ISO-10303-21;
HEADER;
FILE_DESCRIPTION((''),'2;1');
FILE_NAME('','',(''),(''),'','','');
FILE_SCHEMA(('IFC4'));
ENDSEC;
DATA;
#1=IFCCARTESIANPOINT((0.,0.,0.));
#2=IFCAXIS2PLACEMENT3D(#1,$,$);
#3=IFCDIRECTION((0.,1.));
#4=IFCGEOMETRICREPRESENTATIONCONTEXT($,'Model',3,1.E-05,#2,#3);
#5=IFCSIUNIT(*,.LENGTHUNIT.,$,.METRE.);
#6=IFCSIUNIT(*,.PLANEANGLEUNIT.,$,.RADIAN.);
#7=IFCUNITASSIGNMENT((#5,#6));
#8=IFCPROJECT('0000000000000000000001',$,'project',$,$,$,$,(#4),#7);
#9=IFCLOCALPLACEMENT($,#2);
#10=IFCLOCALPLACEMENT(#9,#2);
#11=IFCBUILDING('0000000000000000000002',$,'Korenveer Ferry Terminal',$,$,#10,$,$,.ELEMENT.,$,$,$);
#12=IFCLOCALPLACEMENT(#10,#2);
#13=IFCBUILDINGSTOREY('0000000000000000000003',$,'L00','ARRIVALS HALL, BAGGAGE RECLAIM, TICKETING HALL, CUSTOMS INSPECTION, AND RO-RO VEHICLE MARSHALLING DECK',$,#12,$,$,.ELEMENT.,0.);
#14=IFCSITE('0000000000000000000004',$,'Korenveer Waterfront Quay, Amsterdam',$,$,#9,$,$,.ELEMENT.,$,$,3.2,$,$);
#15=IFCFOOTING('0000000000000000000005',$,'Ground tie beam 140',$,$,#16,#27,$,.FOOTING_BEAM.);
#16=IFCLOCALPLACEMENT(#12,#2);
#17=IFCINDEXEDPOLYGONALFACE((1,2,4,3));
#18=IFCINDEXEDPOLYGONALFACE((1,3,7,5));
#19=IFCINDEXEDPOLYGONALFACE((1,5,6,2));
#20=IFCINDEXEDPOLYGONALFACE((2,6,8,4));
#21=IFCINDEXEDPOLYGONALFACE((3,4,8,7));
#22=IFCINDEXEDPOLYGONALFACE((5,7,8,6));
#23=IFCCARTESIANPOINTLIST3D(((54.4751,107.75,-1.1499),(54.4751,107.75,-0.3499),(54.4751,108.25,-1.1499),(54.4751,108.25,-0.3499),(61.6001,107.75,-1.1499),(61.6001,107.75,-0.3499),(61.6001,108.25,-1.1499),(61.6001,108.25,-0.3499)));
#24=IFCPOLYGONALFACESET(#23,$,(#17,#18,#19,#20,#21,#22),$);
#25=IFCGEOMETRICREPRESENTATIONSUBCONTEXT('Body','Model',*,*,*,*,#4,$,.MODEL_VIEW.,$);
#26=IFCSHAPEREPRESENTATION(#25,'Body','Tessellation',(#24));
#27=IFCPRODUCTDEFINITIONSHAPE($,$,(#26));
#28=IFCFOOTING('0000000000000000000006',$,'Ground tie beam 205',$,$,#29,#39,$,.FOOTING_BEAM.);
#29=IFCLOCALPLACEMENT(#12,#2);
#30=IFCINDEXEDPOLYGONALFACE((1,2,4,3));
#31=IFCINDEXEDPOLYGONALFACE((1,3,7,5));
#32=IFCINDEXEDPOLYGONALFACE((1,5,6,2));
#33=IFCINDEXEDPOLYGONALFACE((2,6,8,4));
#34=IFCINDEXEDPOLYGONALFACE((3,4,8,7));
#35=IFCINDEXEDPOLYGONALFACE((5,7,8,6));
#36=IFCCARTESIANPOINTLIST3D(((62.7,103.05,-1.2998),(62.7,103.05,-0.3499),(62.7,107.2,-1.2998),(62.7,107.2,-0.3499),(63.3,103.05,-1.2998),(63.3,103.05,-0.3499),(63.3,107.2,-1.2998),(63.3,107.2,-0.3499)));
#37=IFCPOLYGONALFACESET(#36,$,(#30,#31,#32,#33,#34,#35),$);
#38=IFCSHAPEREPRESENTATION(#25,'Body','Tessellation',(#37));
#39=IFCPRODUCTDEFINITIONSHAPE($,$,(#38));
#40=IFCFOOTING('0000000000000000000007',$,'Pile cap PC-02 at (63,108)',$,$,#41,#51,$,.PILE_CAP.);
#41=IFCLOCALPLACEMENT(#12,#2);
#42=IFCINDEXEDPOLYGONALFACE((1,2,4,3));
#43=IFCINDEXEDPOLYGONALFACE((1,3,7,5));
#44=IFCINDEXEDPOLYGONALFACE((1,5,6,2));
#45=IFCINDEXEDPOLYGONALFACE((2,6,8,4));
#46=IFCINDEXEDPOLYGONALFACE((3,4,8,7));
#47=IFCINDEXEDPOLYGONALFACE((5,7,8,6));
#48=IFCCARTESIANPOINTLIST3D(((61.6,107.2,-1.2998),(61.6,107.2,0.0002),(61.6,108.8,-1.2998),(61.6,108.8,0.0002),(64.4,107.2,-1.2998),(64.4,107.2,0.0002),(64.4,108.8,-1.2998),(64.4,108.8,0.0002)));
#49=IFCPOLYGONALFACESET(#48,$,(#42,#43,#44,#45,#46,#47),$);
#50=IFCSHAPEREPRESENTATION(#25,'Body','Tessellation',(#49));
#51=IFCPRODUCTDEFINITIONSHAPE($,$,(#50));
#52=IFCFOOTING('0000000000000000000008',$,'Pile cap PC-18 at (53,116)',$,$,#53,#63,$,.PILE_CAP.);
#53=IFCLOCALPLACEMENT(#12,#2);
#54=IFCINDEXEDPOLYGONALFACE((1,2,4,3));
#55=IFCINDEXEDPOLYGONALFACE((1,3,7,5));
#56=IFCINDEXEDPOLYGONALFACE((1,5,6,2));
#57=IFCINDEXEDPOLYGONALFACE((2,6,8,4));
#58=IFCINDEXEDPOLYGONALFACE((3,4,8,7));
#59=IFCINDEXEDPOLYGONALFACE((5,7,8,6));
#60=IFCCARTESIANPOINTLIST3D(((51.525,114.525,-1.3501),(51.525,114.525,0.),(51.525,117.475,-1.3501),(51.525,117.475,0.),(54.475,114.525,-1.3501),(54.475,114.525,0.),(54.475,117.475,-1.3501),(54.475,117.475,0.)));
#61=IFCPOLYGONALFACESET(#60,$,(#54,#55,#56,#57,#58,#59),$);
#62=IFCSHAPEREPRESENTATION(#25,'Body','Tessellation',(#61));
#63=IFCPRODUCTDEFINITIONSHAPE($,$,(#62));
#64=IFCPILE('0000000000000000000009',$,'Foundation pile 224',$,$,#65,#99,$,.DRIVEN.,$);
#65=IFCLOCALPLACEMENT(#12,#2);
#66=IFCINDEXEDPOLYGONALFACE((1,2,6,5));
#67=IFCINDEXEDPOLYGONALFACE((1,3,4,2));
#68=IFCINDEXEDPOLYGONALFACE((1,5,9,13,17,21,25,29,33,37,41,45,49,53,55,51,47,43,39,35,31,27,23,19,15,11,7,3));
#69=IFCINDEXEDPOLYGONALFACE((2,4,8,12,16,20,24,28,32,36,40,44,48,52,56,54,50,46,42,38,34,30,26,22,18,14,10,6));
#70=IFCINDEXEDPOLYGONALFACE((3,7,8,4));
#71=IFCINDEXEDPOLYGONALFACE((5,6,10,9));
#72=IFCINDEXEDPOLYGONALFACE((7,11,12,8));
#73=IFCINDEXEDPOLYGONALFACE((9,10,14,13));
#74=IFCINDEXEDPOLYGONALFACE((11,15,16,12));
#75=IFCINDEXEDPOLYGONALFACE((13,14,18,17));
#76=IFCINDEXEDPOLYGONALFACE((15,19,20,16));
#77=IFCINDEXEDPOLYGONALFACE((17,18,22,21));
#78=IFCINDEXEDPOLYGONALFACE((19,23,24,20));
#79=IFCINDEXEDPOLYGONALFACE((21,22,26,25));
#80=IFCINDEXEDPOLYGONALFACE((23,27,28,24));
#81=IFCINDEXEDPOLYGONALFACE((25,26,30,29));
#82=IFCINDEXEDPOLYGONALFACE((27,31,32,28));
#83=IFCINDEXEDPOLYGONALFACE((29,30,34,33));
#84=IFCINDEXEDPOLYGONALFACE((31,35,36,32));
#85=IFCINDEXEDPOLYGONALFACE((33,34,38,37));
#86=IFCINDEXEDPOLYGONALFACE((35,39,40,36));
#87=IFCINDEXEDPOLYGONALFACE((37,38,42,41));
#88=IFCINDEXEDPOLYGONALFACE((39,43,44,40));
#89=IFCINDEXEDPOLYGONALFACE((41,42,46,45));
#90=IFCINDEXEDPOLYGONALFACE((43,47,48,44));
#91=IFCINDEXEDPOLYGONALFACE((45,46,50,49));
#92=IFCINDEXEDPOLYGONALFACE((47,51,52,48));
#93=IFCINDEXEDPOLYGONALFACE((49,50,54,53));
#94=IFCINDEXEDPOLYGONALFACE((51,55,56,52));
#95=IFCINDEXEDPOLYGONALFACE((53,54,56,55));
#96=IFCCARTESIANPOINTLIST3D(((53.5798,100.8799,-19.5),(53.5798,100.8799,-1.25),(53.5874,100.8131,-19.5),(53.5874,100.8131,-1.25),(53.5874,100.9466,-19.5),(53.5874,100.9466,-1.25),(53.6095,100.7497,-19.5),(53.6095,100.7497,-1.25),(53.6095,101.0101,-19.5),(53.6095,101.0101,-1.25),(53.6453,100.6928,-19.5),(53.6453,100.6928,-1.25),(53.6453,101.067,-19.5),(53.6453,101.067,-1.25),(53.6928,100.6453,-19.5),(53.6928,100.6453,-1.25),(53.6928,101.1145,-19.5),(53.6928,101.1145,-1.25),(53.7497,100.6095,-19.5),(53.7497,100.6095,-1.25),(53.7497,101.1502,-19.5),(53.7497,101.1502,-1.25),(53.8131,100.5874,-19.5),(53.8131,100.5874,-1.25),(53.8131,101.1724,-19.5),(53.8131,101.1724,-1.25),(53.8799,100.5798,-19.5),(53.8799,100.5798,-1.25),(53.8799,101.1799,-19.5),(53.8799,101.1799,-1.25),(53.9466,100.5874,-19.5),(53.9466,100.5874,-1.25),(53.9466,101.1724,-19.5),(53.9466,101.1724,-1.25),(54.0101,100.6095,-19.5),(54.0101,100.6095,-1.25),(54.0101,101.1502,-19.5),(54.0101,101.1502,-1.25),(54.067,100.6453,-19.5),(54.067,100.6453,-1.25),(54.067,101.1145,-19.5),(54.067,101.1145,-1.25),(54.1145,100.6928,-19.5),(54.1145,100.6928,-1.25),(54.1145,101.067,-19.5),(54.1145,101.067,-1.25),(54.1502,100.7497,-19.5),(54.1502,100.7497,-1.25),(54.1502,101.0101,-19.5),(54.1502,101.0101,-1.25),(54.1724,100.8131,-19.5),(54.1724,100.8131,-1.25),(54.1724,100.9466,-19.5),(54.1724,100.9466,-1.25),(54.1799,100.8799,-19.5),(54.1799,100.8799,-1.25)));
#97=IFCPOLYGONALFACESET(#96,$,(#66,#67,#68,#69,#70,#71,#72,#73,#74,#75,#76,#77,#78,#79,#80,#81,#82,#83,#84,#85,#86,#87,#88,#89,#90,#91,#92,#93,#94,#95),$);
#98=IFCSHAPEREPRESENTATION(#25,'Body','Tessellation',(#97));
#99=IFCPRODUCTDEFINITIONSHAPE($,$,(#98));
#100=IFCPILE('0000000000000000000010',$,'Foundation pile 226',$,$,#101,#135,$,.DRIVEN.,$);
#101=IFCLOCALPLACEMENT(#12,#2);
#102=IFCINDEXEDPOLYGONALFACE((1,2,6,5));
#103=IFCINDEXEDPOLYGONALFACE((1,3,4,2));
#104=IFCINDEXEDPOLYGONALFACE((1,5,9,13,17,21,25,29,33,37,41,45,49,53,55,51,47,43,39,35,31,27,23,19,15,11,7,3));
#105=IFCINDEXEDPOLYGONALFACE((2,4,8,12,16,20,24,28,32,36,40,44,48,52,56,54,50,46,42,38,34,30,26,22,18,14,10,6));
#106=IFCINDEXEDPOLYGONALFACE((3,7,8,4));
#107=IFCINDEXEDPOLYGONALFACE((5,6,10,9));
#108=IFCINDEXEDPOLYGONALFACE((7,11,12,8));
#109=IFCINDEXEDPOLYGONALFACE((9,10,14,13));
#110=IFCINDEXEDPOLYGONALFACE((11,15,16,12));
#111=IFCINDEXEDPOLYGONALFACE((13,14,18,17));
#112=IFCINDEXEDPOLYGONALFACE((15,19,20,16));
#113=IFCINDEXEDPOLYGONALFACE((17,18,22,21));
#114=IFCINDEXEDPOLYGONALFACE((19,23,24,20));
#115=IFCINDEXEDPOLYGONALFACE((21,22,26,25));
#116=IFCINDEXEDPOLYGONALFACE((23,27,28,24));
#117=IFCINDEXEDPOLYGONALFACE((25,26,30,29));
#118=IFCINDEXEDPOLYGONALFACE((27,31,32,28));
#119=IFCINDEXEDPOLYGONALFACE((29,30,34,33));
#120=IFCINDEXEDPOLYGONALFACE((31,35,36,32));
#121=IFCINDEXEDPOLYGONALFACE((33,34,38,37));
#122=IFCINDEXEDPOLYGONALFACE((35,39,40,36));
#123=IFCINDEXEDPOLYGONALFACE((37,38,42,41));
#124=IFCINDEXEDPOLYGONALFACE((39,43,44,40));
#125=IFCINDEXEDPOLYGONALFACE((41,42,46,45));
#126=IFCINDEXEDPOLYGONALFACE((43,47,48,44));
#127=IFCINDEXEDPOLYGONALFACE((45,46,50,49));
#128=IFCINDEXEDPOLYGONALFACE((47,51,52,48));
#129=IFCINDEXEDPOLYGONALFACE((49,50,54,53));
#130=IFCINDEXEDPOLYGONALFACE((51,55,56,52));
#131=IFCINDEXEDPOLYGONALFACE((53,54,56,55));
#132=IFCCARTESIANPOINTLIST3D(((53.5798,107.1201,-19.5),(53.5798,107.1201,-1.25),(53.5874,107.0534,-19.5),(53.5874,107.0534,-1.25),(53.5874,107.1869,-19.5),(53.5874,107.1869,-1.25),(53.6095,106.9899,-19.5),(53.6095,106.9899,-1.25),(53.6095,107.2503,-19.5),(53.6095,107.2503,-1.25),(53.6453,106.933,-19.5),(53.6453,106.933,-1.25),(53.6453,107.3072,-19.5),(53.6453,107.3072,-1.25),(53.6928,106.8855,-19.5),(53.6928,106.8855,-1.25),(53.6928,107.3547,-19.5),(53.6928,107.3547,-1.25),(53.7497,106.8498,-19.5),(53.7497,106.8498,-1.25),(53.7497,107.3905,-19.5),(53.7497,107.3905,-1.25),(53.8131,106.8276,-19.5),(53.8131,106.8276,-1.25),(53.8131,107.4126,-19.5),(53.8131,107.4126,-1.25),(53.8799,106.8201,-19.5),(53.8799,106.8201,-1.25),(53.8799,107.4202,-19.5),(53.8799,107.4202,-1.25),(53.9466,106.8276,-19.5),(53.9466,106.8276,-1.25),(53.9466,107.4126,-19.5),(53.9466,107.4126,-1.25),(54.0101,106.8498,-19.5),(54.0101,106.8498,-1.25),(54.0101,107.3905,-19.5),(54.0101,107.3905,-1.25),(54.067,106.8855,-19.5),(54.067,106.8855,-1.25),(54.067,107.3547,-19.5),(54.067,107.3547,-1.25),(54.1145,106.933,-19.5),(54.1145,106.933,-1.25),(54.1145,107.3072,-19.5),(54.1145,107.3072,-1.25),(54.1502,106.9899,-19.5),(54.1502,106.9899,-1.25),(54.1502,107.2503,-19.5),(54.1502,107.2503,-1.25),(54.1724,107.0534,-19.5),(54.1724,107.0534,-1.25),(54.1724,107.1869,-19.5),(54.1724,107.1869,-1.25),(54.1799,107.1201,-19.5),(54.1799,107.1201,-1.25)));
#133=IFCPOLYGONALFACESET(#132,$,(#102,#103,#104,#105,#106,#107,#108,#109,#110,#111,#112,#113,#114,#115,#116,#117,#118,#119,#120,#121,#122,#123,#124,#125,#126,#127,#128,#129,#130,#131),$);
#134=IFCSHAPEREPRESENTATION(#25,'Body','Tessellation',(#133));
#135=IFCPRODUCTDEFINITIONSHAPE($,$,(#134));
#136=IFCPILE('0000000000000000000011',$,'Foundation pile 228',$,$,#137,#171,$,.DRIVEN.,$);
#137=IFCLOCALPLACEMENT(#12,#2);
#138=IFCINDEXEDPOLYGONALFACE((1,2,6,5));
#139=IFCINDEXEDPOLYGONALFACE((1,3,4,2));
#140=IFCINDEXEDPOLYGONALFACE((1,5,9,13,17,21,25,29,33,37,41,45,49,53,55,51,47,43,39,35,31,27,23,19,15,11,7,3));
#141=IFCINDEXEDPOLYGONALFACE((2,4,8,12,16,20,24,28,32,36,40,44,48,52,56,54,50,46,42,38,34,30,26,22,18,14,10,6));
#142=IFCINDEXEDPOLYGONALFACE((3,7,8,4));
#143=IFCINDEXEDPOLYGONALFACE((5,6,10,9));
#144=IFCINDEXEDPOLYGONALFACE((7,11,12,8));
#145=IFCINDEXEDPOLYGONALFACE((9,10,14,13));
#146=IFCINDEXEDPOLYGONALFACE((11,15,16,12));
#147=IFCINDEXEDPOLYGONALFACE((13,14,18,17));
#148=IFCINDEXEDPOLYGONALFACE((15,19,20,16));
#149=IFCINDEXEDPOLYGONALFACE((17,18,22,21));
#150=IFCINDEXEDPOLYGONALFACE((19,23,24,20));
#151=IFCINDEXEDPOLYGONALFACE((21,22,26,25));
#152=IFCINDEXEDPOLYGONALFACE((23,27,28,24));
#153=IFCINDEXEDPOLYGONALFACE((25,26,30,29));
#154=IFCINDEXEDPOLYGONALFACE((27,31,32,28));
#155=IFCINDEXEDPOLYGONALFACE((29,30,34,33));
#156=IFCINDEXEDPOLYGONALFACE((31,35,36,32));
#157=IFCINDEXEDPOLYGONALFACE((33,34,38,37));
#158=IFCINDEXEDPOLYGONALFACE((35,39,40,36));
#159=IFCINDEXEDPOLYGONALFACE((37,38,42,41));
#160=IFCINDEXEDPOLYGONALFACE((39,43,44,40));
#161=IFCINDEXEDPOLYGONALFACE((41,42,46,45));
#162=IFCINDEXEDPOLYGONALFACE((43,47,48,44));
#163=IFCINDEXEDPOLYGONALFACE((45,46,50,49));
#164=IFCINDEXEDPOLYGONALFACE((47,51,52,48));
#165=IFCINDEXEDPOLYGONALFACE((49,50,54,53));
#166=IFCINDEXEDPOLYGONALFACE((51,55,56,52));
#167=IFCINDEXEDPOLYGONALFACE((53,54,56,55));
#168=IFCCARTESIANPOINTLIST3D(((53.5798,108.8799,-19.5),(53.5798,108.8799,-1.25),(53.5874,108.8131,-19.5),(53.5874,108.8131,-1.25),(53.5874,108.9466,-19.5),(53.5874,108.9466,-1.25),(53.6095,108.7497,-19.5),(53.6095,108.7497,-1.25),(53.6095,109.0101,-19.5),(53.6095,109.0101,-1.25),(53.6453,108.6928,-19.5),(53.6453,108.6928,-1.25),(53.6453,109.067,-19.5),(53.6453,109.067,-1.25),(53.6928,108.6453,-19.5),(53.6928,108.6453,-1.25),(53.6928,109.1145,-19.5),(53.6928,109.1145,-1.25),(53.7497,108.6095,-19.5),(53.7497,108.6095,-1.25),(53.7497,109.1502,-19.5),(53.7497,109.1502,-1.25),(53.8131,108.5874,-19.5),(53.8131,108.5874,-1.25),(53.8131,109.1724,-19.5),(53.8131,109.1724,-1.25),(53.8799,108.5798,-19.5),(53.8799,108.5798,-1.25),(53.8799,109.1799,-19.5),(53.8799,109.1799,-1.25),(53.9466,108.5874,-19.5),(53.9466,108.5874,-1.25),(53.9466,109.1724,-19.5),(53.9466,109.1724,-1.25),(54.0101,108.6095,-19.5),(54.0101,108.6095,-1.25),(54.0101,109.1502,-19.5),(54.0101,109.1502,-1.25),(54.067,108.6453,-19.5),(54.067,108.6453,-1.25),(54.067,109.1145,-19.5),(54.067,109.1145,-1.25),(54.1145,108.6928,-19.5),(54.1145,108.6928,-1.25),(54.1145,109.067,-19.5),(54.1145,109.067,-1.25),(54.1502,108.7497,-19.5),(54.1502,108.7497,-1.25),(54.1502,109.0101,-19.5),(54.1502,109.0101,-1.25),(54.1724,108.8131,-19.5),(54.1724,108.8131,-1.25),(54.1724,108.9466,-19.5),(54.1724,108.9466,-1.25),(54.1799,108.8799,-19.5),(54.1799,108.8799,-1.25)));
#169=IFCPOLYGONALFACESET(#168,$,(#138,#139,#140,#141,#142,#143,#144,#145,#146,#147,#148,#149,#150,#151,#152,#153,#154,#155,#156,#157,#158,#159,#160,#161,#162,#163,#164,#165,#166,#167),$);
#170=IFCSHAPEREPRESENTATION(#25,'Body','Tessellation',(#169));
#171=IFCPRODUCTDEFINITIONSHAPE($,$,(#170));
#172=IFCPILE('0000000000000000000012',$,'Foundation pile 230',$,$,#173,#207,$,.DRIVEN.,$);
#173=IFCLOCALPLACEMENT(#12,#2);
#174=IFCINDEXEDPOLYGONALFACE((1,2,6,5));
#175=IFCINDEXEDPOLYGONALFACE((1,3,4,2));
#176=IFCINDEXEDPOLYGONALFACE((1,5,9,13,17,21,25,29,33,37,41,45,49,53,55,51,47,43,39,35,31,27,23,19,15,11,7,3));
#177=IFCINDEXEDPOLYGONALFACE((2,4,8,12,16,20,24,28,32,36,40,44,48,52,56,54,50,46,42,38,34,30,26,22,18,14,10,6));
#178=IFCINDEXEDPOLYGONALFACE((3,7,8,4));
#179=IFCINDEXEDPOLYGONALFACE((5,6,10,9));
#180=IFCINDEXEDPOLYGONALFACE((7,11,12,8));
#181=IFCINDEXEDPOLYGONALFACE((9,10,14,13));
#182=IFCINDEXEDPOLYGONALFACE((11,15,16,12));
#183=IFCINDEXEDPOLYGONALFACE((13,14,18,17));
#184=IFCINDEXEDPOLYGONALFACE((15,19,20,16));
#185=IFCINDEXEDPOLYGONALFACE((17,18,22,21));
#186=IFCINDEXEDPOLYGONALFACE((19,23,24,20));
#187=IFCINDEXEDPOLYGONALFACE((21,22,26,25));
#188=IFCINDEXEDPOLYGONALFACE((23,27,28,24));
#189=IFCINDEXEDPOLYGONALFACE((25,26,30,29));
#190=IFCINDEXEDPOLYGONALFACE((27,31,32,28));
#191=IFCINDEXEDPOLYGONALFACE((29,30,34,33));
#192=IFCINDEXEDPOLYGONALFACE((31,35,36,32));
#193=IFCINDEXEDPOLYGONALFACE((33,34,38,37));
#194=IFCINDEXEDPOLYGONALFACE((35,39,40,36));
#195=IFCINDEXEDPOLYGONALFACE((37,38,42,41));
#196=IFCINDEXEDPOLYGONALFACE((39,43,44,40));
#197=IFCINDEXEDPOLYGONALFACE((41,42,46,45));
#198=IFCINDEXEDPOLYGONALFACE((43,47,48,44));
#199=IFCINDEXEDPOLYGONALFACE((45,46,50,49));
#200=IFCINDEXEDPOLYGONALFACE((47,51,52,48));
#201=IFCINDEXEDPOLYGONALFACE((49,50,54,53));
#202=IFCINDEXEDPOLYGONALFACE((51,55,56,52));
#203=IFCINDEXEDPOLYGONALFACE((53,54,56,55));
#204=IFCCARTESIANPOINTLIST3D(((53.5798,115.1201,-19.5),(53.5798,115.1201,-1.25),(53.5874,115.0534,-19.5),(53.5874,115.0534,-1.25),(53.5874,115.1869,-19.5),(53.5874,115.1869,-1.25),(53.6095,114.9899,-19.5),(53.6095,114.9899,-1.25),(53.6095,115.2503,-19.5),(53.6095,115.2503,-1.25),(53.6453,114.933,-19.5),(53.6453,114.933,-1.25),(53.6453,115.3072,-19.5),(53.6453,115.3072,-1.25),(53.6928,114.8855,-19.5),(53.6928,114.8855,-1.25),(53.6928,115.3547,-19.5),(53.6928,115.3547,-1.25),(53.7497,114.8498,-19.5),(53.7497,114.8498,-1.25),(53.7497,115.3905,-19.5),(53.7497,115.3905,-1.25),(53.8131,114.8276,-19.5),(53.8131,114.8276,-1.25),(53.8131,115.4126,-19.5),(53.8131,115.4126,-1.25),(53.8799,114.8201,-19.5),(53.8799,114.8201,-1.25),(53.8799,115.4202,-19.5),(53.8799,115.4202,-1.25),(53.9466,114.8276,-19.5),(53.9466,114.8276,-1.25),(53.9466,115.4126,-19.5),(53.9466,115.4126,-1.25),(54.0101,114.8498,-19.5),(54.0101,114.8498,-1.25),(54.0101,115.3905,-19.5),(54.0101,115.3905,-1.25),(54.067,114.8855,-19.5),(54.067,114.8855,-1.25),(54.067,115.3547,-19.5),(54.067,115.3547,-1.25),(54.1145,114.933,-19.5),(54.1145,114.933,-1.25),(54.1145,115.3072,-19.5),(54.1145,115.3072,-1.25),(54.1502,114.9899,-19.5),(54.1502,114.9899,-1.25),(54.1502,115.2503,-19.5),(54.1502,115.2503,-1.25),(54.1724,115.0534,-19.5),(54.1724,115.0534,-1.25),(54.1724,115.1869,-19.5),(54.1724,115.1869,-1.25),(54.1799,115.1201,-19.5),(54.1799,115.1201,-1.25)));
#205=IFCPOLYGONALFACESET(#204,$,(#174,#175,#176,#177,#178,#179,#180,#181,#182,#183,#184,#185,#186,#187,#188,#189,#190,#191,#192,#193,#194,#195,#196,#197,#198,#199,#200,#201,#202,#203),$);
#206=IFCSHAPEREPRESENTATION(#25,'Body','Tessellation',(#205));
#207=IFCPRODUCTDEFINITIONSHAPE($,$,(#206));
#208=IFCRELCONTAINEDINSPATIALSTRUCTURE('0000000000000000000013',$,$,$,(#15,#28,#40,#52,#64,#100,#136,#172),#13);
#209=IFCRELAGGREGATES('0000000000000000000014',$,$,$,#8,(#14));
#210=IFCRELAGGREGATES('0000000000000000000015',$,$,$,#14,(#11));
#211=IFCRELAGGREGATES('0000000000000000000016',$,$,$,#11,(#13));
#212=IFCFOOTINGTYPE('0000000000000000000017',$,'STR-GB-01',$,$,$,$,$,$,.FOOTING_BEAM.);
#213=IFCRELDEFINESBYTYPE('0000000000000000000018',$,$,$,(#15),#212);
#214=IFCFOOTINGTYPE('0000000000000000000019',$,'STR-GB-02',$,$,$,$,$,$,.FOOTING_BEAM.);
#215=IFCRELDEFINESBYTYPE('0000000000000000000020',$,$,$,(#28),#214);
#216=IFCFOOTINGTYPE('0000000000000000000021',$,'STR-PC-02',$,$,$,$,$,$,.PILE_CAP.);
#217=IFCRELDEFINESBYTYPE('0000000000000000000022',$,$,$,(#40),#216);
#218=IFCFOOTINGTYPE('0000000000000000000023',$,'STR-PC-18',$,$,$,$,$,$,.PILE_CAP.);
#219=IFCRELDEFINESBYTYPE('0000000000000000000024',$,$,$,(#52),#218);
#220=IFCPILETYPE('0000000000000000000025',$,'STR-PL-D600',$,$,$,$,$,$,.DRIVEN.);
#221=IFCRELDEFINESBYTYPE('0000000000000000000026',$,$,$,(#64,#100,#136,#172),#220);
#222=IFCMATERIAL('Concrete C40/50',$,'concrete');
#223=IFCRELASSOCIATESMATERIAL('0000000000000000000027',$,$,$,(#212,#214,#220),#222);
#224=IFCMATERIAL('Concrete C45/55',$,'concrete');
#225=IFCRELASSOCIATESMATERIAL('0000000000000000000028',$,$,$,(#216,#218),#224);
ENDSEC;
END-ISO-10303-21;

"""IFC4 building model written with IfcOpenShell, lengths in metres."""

from ifc_helpers import new_model, si_unit, direction, frame, origin, origin_2d, place, context, subcontext, project, spatial, rectangle, circle, extrude, material, material_profile, profile_set, type_object, element, save


model = new_model("IFC4")

# Units and contexts
model_context = context("Model", 3, precision=1e-05, world=origin(), true_north=direction((0.0, 1.0)))
body_context = subcontext(model_context, "Body", "Model", "MODEL_VIEW")
ifc_project = project(units=[si_unit("LENGTHUNIT", "METRE"), si_unit("PLANEANGLEUNIT", "RADIAN")], contexts=[model_context])

# Site, building, storey
site_placement = place(None, origin())
site = spatial("IfcSite", under=ifc_project, at=site_placement, Name="Korenveer Waterfront Quay, Amsterdam", CompositionType="ELEMENT", RefElevation=3.2)
building_placement = place(site_placement, origin())
building = spatial("IfcBuilding", under=site, at=building_placement, Name="Korenveer Ferry Terminal", CompositionType="ELEMENT")
storey_placement = place(building_placement, origin())
storey = spatial("IfcBuildingStorey", under=building, at=storey_placement, Name="L00", Description="ARRIVALS HALL, BAGGAGE RECLAIM, TICKETING HALL, CUSTOMS INSPECTION, AND RO-RO VEHICLE MARSHALLING DECK", CompositionType="ELEMENT", Elevation=0.0)

# Footings
ifc_material_1 = material(Name="Concrete C40/50", Category="concrete")
footing_type_1 = type_object("IfcFootingType", Name="STR-GB-01", PredefinedType="FOOTING_BEAM", material=ifc_material_1)
footing_1_placement = place(storey_placement, frame((58.0376, 108.0, -1.1499), z_axis=(0.0, 0.0, 1.0), x_axis=(1.0, 0.0, 0.0)))
element("IfcFooting", 1, at=footing_1_placement, inside=storey, type_object=footing_type_1, Name="Ground tie beam 140", PredefinedType="FOOTING_BEAM", context=body_context, shape_type="SweptSolid", body=[
    extrude(rectangle(XDim=7.125, YDim=0.5, at=origin_2d()), origin(), (0.0, 0.0, 1.0), 0.8),
])
footing_type_2 = type_object("IfcFootingType", Name="STR-GB-02", PredefinedType="FOOTING_BEAM", material=ifc_material_1)
footing_2_placement = place(storey_placement, frame((63.0, 105.125, -1.2998), z_axis=(0.0, 0.0, 1.0), x_axis=(1.0, 0.0, 0.0)))
element("IfcFooting", 2, at=footing_2_placement, inside=storey, type_object=footing_type_2, Name="Ground tie beam 205", PredefinedType="FOOTING_BEAM", context=body_context, shape_type="SweptSolid", body=[
    extrude(rectangle(XDim=0.6001, YDim=4.1499, at=origin_2d()), origin(), (0.0, 0.0, 1.0), 0.95),
])
ifc_material_2 = material(Name="Concrete C45/55", Category="concrete")
footing_type_3 = type_object("IfcFootingType", Name="STR-PC-02", PredefinedType="PILE_CAP", material=ifc_material_2)
footing_3_placement = place(storey_placement, frame((63.0, 108.0, -1.2998), z_axis=(0.0, 0.0, 1.0), x_axis=(1.0, 0.0, 0.0)))
element("IfcFooting", 3, at=footing_3_placement, inside=storey, type_object=footing_type_3, Name="Pile cap PC-02 at (63,108)", PredefinedType="PILE_CAP", context=body_context, shape_type="SweptSolid", body=[
    extrude(rectangle(XDim=2.8, YDim=1.6001, at=origin_2d()), origin(), (0.0, 0.0, 1.0), 1.3),
])
footing_type_4 = type_object("IfcFootingType", Name="STR-PC-18", PredefinedType="PILE_CAP", material=ifc_material_2)
footing_4_placement = place(storey_placement, frame((53.0, 116.0, -1.3501), z_axis=(0.0, 0.0, 1.0), x_axis=(1.0, 0.0, 0.0)))
element("IfcFooting", 4, at=footing_4_placement, inside=storey, type_object=footing_type_4, Name="Pile cap PC-18 at (53,116)", PredefinedType="PILE_CAP", context=body_context, shape_type="SweptSolid", body=[
    extrude(rectangle(XDim=2.95, YDim=2.95, at=origin_2d()), origin(), (0.0, 0.0, 1.0), 1.3501),
])

# Piles
ifc_material_profile_1 = material_profile(ifc_material_1, circle(Radius=0.3, at=origin_2d()), Name="PILE D600")
ifc_profile_set_1 = profile_set([ifc_material_profile_1], Name="Concrete C40/50")
pile_type_1 = type_object("IfcPileType", Name="STR-PL-D600", PredefinedType="DRIVEN", material=ifc_profile_set_1)
for number, where, z_axis, x_axis, name in (
    (5, (53.8799, 100.8799, -1.25), (0.0, 0.0, -1.0), (1.0, 0.0, 0.0), "Foundation pile 224"),
    (6, (53.8799, 107.1201, -1.25), (0.0, 0.0, -1.0), (1.0, 0.0, 0.0), "Foundation pile 226"),
    (7, (53.8799, 108.8799, -1.25), (0.0, 0.0, -1.0), (1.0, 0.0, 0.0), "Foundation pile 228"),
    (8, (53.8799, 115.1201, -1.25), (0.0, 0.0, -1.0), (1.0, 0.0, 0.0), "Foundation pile 230"),
):
    element("IfcPile", number, at=place(storey_placement, frame(where, z_axis=z_axis, x_axis=x_axis)), inside=storey, type_object=pile_type_1, Name=name, PredefinedType="DRIVEN", context=body_context, shape_type="SweptSolid", body=[
        extrude(circle(Radius=0.3, at=origin_2d()), origin(), (0.0, 0.0, 1.0), 18.25),
    ])

save(model, "model.ifc")
